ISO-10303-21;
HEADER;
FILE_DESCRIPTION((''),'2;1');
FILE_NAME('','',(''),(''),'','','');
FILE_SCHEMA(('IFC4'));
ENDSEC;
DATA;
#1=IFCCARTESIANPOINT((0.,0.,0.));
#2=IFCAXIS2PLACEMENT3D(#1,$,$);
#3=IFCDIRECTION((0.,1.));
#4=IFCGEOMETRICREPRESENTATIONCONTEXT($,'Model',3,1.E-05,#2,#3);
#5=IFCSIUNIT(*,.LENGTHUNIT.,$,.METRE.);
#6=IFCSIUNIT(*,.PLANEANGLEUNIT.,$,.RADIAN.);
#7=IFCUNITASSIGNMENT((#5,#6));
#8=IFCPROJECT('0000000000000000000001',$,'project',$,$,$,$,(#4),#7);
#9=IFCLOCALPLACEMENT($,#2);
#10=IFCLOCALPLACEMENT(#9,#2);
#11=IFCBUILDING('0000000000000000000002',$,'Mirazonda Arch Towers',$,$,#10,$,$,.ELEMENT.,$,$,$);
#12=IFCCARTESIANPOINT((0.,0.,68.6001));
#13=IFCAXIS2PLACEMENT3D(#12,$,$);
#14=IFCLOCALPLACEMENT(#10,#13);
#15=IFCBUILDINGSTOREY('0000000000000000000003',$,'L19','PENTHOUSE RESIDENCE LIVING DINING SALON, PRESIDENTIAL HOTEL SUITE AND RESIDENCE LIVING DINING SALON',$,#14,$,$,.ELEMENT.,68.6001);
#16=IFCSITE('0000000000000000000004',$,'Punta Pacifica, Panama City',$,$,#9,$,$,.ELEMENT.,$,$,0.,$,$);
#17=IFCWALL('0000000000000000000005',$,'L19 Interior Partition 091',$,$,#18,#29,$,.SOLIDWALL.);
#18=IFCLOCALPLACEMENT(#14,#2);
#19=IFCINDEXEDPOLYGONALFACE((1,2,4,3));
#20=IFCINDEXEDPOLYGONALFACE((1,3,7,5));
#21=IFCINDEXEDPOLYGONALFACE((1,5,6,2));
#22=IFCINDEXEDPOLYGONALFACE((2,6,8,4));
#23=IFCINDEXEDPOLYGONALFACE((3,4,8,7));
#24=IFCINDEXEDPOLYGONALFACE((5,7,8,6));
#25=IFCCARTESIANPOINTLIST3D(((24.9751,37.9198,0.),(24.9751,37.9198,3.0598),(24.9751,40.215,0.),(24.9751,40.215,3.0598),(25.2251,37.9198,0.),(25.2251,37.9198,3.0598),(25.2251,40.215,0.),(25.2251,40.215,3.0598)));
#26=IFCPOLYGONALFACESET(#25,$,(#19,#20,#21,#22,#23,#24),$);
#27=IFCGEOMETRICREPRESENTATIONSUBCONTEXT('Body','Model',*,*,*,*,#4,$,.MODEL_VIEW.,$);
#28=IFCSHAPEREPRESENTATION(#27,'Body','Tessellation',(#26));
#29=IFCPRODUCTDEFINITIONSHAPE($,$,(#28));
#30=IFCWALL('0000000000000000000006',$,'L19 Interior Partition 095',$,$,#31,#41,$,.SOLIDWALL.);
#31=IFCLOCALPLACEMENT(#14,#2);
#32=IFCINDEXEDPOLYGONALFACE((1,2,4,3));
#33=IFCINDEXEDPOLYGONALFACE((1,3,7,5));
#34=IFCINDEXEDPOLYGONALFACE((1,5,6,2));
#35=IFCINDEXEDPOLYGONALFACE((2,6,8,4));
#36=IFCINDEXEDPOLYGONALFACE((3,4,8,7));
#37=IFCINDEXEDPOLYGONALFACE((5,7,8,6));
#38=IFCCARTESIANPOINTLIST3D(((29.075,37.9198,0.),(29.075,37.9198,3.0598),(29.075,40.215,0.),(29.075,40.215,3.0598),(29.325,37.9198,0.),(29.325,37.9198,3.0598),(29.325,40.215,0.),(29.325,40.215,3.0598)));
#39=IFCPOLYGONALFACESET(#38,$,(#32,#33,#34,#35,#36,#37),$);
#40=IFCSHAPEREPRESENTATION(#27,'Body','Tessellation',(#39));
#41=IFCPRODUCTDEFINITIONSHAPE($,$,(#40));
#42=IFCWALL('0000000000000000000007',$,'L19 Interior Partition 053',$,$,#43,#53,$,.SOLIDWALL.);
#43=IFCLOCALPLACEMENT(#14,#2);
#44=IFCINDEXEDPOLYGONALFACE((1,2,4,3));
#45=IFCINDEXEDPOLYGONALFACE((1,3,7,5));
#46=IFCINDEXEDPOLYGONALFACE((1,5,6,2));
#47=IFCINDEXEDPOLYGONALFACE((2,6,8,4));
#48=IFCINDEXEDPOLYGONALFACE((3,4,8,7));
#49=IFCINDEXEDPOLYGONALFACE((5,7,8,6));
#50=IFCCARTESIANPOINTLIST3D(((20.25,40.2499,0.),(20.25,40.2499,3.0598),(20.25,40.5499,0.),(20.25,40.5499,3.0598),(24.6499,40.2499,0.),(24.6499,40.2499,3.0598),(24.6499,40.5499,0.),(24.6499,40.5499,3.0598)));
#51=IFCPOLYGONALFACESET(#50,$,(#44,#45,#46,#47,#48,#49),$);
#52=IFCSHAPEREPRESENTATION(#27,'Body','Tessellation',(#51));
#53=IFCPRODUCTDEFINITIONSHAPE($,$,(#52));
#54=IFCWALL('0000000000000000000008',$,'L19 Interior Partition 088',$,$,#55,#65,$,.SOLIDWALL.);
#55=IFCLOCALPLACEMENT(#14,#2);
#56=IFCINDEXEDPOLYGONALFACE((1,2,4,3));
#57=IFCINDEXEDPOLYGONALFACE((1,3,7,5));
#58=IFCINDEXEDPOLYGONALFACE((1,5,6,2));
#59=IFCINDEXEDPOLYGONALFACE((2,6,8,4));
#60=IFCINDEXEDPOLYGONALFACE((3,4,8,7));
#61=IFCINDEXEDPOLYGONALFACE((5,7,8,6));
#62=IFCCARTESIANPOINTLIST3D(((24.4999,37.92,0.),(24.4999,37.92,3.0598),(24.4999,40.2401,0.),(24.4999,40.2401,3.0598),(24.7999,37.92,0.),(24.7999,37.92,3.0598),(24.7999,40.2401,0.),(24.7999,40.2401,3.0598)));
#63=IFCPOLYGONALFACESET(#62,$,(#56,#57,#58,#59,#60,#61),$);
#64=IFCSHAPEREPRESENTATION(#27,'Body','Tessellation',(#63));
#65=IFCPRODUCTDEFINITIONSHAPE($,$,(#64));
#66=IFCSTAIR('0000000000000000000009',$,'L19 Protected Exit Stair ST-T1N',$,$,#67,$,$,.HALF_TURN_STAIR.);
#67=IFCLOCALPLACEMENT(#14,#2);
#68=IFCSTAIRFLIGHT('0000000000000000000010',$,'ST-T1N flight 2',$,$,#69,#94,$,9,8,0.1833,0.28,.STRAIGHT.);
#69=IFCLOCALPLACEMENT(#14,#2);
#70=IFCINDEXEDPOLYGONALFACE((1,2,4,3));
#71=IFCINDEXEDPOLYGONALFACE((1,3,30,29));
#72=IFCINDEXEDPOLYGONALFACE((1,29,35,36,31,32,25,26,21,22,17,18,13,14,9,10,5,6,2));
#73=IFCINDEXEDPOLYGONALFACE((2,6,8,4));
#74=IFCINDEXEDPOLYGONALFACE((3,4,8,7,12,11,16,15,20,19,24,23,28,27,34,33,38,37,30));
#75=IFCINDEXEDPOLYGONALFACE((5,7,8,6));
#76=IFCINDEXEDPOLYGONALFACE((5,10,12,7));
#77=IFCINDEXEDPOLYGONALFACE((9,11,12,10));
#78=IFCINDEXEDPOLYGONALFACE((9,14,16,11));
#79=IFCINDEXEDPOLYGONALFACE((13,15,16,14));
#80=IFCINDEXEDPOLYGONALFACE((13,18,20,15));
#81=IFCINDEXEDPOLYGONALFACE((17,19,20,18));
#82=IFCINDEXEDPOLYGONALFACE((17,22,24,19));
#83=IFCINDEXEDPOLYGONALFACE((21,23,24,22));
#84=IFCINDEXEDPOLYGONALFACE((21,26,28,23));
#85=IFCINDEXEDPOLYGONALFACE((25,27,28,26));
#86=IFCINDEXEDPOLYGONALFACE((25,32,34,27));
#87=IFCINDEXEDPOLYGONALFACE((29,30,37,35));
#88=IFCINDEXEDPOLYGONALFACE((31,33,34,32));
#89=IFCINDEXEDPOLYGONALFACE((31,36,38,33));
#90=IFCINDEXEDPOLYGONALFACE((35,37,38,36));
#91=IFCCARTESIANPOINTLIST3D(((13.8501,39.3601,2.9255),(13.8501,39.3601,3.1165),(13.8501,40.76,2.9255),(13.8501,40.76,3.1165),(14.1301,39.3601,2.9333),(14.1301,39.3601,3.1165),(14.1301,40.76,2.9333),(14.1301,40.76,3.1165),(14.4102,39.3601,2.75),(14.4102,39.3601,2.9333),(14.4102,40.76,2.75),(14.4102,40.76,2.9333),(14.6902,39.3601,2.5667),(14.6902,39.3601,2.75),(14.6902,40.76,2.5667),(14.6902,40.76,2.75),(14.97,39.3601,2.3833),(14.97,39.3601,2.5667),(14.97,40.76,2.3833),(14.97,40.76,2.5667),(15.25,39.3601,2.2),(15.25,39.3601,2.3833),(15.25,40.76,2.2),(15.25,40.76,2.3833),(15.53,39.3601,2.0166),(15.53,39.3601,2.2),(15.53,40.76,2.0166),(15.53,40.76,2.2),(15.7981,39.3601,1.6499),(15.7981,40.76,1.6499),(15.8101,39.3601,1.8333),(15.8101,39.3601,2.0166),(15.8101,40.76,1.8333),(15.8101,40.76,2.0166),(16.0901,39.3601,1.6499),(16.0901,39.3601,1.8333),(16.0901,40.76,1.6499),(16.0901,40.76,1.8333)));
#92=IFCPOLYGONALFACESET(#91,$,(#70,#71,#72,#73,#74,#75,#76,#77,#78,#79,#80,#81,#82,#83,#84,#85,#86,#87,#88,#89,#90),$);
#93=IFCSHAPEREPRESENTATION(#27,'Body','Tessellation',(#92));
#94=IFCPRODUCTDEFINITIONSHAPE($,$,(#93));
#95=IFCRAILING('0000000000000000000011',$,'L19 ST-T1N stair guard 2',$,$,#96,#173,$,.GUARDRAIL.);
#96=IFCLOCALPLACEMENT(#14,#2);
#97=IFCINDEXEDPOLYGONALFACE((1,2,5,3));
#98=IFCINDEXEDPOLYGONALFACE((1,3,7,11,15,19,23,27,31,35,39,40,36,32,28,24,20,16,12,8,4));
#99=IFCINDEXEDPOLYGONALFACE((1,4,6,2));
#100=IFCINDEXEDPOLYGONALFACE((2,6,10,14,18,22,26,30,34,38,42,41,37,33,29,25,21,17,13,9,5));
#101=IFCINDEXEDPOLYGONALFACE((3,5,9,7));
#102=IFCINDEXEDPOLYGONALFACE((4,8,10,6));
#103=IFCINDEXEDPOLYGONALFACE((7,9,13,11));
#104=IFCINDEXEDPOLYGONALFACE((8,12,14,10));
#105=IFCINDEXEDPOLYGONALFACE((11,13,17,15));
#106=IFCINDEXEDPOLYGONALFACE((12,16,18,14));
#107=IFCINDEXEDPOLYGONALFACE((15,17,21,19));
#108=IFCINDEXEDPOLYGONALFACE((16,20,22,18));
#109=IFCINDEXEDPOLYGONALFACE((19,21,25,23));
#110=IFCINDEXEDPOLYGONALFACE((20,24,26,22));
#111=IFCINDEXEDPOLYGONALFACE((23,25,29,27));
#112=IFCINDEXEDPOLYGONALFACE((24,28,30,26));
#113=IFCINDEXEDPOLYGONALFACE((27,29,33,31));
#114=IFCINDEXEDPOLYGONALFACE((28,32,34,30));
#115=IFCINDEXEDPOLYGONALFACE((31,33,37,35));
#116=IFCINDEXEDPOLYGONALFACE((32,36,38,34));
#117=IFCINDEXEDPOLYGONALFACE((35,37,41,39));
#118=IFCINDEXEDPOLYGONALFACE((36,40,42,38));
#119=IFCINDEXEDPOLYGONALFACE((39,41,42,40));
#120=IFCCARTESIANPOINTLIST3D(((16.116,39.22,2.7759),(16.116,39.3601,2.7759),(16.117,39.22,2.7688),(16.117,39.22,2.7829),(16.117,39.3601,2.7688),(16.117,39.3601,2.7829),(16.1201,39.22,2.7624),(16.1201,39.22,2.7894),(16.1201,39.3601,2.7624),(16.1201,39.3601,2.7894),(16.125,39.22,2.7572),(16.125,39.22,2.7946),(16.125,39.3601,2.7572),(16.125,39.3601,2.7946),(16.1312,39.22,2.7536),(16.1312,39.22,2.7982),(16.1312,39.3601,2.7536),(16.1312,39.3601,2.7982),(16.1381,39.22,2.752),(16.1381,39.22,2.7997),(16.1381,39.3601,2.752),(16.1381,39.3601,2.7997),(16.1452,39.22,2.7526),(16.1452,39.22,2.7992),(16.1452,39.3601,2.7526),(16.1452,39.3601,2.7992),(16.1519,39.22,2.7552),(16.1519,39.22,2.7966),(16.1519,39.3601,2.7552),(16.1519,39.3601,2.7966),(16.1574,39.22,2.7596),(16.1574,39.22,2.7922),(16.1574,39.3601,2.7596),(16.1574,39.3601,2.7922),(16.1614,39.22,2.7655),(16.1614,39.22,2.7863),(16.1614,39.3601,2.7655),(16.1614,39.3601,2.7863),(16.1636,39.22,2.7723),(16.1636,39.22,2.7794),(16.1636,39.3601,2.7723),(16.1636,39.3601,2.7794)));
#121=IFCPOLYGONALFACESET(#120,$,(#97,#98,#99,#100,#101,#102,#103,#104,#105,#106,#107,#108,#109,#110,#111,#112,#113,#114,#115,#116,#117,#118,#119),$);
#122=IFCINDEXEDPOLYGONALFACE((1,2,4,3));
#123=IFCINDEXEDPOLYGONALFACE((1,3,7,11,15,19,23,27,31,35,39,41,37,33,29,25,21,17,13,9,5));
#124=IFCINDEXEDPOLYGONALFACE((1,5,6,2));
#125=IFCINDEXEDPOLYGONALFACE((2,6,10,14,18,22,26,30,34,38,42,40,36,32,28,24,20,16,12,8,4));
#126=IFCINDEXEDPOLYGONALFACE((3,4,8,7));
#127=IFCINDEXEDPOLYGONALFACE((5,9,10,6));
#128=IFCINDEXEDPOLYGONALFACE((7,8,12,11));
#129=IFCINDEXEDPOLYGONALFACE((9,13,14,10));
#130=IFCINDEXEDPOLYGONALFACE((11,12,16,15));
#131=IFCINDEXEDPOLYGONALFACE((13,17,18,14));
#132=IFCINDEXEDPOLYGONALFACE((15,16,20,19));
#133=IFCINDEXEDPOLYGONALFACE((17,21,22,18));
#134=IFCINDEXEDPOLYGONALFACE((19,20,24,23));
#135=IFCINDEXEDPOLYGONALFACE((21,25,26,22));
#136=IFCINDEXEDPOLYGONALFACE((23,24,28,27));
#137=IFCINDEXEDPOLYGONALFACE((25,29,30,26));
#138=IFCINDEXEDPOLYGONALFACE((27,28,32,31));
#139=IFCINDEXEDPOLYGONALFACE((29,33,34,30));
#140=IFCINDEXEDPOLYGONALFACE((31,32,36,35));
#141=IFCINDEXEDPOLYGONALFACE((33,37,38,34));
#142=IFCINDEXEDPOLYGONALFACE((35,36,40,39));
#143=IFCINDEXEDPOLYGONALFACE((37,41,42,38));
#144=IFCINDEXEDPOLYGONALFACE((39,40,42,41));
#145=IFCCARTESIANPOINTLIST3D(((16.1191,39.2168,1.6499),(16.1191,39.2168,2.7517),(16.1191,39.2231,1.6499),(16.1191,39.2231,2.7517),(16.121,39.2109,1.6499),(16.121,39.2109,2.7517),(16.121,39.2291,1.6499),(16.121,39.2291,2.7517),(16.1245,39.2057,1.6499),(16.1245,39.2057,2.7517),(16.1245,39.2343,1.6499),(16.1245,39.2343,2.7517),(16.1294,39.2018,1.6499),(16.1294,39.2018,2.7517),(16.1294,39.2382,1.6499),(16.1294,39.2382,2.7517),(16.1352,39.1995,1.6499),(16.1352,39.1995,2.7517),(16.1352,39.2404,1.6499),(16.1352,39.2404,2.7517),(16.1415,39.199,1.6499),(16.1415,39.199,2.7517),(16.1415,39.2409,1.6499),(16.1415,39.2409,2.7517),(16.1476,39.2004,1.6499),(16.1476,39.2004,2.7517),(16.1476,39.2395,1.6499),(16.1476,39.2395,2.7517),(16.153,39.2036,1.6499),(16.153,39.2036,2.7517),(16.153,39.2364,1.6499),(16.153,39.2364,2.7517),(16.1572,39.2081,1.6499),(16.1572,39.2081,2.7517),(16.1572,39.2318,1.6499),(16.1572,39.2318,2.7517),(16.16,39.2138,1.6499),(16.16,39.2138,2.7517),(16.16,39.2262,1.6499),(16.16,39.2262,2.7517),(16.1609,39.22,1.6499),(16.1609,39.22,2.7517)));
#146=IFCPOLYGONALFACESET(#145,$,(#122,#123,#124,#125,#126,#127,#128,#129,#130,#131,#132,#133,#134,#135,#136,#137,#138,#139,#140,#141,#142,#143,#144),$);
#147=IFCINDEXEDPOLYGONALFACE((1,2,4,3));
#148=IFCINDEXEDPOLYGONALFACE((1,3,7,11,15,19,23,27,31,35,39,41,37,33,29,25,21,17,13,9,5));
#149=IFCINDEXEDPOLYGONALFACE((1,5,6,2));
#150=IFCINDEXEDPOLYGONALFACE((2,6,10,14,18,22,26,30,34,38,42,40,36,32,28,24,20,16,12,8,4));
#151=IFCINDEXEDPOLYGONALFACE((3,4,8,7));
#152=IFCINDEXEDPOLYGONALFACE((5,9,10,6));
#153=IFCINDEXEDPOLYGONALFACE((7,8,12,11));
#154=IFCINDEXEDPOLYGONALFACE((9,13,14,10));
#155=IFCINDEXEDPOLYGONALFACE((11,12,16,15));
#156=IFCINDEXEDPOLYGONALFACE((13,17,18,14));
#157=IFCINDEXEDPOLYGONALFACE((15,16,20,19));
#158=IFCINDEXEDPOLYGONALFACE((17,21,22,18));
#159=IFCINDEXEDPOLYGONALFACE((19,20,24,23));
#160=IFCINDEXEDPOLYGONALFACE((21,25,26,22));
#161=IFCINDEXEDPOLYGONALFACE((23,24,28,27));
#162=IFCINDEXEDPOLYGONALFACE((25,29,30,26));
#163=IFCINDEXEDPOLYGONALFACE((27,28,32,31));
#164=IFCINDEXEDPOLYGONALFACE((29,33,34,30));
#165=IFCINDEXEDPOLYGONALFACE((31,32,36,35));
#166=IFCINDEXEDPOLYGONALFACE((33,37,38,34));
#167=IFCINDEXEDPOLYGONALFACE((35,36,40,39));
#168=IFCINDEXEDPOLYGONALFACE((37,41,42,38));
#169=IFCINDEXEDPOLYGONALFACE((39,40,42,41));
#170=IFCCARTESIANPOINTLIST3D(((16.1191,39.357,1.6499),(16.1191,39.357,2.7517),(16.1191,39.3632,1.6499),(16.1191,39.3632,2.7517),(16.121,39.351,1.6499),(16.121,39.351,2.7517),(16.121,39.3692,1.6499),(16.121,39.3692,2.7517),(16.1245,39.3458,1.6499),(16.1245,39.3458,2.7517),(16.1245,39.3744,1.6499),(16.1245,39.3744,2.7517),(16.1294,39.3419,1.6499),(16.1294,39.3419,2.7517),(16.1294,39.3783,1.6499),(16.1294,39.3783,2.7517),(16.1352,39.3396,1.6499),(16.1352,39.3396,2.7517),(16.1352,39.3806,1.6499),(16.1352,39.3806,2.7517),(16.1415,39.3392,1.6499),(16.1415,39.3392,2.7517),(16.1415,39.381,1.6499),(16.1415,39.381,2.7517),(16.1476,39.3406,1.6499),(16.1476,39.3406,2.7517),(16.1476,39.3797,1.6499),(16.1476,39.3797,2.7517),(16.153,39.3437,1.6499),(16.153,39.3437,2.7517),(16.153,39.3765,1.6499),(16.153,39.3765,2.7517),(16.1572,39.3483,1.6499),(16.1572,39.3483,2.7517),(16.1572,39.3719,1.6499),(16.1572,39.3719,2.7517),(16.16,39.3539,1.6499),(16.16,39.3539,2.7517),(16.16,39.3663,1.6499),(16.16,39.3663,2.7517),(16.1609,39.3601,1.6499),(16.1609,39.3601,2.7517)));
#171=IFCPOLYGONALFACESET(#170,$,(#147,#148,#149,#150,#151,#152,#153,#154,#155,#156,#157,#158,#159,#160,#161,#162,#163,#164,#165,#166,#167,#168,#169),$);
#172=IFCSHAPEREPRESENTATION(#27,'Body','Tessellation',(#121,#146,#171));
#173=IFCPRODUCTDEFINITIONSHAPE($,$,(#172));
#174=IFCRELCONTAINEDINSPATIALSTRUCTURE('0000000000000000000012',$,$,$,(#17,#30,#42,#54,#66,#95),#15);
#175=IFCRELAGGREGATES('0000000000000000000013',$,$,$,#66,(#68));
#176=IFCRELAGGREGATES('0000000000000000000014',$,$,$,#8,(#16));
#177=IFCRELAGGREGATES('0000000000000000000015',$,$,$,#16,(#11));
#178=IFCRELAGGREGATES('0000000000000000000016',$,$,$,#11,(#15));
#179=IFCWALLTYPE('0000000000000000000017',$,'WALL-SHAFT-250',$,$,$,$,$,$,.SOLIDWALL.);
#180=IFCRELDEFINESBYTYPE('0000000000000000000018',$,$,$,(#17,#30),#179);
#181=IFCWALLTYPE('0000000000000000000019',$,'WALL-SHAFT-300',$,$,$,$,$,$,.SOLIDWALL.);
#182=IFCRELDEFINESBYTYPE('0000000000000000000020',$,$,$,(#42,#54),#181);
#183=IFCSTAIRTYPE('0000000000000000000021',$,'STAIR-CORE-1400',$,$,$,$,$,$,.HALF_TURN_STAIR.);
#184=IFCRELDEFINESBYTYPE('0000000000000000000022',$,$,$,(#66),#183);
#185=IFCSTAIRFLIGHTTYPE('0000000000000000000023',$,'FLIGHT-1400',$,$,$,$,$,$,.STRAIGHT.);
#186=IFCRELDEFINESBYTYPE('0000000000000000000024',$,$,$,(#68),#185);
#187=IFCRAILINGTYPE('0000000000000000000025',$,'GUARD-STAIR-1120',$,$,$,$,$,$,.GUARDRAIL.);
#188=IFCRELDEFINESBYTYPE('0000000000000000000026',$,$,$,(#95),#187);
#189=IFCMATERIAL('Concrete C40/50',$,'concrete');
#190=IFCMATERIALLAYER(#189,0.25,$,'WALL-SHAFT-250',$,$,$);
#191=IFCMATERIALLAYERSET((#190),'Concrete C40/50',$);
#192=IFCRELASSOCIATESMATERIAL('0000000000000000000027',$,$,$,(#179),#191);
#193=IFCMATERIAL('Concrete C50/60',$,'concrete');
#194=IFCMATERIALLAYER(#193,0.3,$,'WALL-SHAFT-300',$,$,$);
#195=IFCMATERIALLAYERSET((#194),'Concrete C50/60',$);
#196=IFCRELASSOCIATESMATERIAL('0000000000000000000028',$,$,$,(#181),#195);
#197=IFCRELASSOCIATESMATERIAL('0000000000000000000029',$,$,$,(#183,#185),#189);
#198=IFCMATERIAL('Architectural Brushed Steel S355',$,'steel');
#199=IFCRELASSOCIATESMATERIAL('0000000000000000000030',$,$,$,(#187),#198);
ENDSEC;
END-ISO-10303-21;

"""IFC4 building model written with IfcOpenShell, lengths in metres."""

from ifc_helpers import new_model, si_unit, direction, frame, frame_2d, origin, origin_2d, place, context, subcontext, project, spatial, polyline, rectangle, circle, outline, extrude, material, layer, layer_set, type_object, element, aggregate, save


model = new_model("IFC4")

# Units and contexts
model_context = context("Model", 3, precision=1e-05, world=origin(), true_north=direction((0.0, 1.0)))
body_context = subcontext(model_context, "Body", "Model", "MODEL_VIEW")
ifc_project = project(units=[si_unit("LENGTHUNIT", "METRE"), si_unit("PLANEANGLEUNIT", "RADIAN")], contexts=[model_context])

# Site, building, storey
site_placement = place(None, origin())
site = spatial("IfcSite", under=ifc_project, at=site_placement, Name="Punta Pacifica, Panama City", CompositionType="ELEMENT", RefElevation=0.0)
building_placement = place(site_placement, origin())
building = spatial("IfcBuilding", under=site, at=building_placement, Name="Mirazonda Arch Towers", CompositionType="ELEMENT")
storey_placement = place(building_placement, frame((0.0, 0.0, 68.6001)))
storey = spatial("IfcBuildingStorey", under=building, at=storey_placement, Name="L19", Description="PENTHOUSE RESIDENCE LIVING DINING SALON, PRESIDENTIAL HOTEL SUITE AND RESIDENCE LIVING DINING SALON", CompositionType="ELEMENT", Elevation=68.6001)

# Shared definitions
ifc_material_1 = material(Name="Architectural Brushed Steel S355", Category="steel")

# Walls
ifc_material_2 = material(Name="Concrete C40/50", Category="concrete")
ifc_layer_1 = layer(ifc_material_2, 0.25, Name="WALL-SHAFT-250")
ifc_layer_set_1 = layer_set([ifc_layer_1], Name="Concrete C40/50")
wall_type_1 = type_object("IfcWallType", Name="WALL-SHAFT-250", PredefinedType="SOLIDWALL", material=ifc_layer_set_1)
for number, where, z_axis, x_axis, name in (
    (1, (25.1001, 37.9199, 0.0), (0.0, 0.0, 1.0), (0.0, 1.0, 0.0), "L19 Interior Partition 091"),
    (2, (29.2, 37.9199, 0.0), (0.0, 0.0, 1.0), (0.0, 1.0, 0.0), "L19 Interior Partition 095"),
):
    element("IfcWall", number, at=place(storey_placement, frame(where, z_axis=z_axis, x_axis=x_axis)), inside=storey, type_object=wall_type_1, Name=name, PredefinedType="SOLIDWALL", context=body_context, shape_type="SweptSolid", body=[
        extrude(rectangle(XDim=2.2952, YDim=0.25, at=frame_2d((1.1475, 0.0))), origin(), (0.0, 0.0, 1.0), 3.0598),
    ])
ifc_material_3 = material(Name="Concrete C50/60", Category="concrete")
ifc_layer_2 = layer(ifc_material_3, 0.3, Name="WALL-SHAFT-300")
ifc_layer_set_2 = layer_set([ifc_layer_2], Name="Concrete C50/60")
wall_type_2 = type_object("IfcWallType", Name="WALL-SHAFT-300", PredefinedType="SOLIDWALL", material=ifc_layer_set_2)
wall_1_placement = place(storey_placement, frame((20.25, 40.3999, 0.0), z_axis=(0.0, 0.0, 1.0), x_axis=(1.0, 0.0, 0.0)))
element("IfcWall", 3, at=wall_1_placement, inside=storey, type_object=wall_type_2, Name="L19 Interior Partition 053", PredefinedType="SOLIDWALL", context=body_context, shape_type="SweptSolid", body=[
    extrude(rectangle(XDim=4.3999, YDim=0.3, at=frame_2d((2.2, 0.0))), origin(), (0.0, 0.0, 1.0), 3.0598),
])
wall_2_placement = place(storey_placement, frame((24.6499, 37.9199, 0.0), z_axis=(0.0, 0.0, 1.0), x_axis=(0.0, 1.0, 0.0)))
element("IfcWall", 4, at=wall_2_placement, inside=storey, type_object=wall_type_2, Name="L19 Interior Partition 088", PredefinedType="SOLIDWALL", context=body_context, shape_type="SweptSolid", body=[
    extrude(rectangle(XDim=2.3201, YDim=0.3, at=frame_2d((1.1602, 0.0))), origin(), (0.0, 0.0, 1.0), 3.0598),
])

# Stair, stair flight
stair_type = type_object("IfcStairType", Name="STAIR-CORE-1400", PredefinedType="HALF_TURN_STAIR", material=ifc_material_2)
stair_placement = place(storey_placement, origin())
stair = element("IfcStair", 5, at=stair_placement, inside=storey, type_object=stair_type, Name="L19 Protected Exit Stair ST-T1N", PredefinedType="HALF_TURN_STAIR")
stair_flight_type = type_object("IfcStairFlightType", Name="FLIGHT-1400", PredefinedType="STRAIGHT", material=ifc_material_2)
stair_flight_placement = place(storey_placement, frame((16.0901, 40.0601, 1.6499), z_axis=(0.0, 0.0, 1.0), x_axis=(-1.0, 0.0, 0.0)))
stair_flight = element("IfcStairFlight", 6, at=stair_flight_placement, type_object=stair_flight_type, Name="ST-T1N flight 2", NumberOfRisers=9, NumberOfTreads=8, PredefinedType="STRAIGHT", RiserHeight=0.1833, TreadLength=0.28, context=body_context, shape_type="SweptSolid", body=[
    extrude(outline(polyline([(0.0, 0.0), (0.0, 0.1833), (0.28, 0.1833), (0.28, 0.3667), (0.5601, 0.3667), (0.5601, 0.55), (0.8401, 0.55), (0.8401, 0.7334), (1.1201, 0.7334), (1.1201, 0.9167), (1.3999, 0.9167), (1.3999, 1.1001), (1.6799, 1.1001), (1.6799, 1.2834), (1.96, 1.2834), (1.96, 1.4666), (2.24, 1.4666), (2.24, 1.6499), (2.24, 1.2756), (0.292, 0.0), (0.0, 0.0)])), frame((0.0, 0.7, 0.0), z_axis=(0.0, -1.0, 0.0), x_axis=(1.0, 0.0, 0.0)), (0.0, 0.0, 1.0), 1.3999),
])
aggregate(stair, [stair_flight])

# Railing
railing_type_1 = type_object("IfcRailingType", Name="GUARD-STAIR-1120", PredefinedType="GUARDRAIL", material=ifc_material_1)
railing_1_placement = place(storey_placement, frame((16.1399, 39.22, 1.6499)))
element("IfcRailing", 7, at=railing_1_placement, inside=storey, type_object=railing_type_1, Name="L19 ST-T1N stair guard 2", PredefinedType="GUARDRAIL", context=body_context, shape_type="SweptSolid", body=[
    extrude(circle(Radius=0.0239, at=origin_2d()), frame((0.0, 0.0, 1.126), z_axis=(0.0, 1.0, 0.0), x_axis=(-1.0, 0.0, 0.0)), (0.0, 0.0, 1.0), 0.1401),
    extrude(circle(Radius=0.021, at=origin_2d()), origin(), (0.0, 0.0, 1.0), 1.1018),
    extrude(circle(Radius=0.021, at=origin_2d()), frame((0.0, 0.1401, 0.0)), (0.0, 0.0, 1.0), 1.1018),
])

save(model, "model.ifc")
